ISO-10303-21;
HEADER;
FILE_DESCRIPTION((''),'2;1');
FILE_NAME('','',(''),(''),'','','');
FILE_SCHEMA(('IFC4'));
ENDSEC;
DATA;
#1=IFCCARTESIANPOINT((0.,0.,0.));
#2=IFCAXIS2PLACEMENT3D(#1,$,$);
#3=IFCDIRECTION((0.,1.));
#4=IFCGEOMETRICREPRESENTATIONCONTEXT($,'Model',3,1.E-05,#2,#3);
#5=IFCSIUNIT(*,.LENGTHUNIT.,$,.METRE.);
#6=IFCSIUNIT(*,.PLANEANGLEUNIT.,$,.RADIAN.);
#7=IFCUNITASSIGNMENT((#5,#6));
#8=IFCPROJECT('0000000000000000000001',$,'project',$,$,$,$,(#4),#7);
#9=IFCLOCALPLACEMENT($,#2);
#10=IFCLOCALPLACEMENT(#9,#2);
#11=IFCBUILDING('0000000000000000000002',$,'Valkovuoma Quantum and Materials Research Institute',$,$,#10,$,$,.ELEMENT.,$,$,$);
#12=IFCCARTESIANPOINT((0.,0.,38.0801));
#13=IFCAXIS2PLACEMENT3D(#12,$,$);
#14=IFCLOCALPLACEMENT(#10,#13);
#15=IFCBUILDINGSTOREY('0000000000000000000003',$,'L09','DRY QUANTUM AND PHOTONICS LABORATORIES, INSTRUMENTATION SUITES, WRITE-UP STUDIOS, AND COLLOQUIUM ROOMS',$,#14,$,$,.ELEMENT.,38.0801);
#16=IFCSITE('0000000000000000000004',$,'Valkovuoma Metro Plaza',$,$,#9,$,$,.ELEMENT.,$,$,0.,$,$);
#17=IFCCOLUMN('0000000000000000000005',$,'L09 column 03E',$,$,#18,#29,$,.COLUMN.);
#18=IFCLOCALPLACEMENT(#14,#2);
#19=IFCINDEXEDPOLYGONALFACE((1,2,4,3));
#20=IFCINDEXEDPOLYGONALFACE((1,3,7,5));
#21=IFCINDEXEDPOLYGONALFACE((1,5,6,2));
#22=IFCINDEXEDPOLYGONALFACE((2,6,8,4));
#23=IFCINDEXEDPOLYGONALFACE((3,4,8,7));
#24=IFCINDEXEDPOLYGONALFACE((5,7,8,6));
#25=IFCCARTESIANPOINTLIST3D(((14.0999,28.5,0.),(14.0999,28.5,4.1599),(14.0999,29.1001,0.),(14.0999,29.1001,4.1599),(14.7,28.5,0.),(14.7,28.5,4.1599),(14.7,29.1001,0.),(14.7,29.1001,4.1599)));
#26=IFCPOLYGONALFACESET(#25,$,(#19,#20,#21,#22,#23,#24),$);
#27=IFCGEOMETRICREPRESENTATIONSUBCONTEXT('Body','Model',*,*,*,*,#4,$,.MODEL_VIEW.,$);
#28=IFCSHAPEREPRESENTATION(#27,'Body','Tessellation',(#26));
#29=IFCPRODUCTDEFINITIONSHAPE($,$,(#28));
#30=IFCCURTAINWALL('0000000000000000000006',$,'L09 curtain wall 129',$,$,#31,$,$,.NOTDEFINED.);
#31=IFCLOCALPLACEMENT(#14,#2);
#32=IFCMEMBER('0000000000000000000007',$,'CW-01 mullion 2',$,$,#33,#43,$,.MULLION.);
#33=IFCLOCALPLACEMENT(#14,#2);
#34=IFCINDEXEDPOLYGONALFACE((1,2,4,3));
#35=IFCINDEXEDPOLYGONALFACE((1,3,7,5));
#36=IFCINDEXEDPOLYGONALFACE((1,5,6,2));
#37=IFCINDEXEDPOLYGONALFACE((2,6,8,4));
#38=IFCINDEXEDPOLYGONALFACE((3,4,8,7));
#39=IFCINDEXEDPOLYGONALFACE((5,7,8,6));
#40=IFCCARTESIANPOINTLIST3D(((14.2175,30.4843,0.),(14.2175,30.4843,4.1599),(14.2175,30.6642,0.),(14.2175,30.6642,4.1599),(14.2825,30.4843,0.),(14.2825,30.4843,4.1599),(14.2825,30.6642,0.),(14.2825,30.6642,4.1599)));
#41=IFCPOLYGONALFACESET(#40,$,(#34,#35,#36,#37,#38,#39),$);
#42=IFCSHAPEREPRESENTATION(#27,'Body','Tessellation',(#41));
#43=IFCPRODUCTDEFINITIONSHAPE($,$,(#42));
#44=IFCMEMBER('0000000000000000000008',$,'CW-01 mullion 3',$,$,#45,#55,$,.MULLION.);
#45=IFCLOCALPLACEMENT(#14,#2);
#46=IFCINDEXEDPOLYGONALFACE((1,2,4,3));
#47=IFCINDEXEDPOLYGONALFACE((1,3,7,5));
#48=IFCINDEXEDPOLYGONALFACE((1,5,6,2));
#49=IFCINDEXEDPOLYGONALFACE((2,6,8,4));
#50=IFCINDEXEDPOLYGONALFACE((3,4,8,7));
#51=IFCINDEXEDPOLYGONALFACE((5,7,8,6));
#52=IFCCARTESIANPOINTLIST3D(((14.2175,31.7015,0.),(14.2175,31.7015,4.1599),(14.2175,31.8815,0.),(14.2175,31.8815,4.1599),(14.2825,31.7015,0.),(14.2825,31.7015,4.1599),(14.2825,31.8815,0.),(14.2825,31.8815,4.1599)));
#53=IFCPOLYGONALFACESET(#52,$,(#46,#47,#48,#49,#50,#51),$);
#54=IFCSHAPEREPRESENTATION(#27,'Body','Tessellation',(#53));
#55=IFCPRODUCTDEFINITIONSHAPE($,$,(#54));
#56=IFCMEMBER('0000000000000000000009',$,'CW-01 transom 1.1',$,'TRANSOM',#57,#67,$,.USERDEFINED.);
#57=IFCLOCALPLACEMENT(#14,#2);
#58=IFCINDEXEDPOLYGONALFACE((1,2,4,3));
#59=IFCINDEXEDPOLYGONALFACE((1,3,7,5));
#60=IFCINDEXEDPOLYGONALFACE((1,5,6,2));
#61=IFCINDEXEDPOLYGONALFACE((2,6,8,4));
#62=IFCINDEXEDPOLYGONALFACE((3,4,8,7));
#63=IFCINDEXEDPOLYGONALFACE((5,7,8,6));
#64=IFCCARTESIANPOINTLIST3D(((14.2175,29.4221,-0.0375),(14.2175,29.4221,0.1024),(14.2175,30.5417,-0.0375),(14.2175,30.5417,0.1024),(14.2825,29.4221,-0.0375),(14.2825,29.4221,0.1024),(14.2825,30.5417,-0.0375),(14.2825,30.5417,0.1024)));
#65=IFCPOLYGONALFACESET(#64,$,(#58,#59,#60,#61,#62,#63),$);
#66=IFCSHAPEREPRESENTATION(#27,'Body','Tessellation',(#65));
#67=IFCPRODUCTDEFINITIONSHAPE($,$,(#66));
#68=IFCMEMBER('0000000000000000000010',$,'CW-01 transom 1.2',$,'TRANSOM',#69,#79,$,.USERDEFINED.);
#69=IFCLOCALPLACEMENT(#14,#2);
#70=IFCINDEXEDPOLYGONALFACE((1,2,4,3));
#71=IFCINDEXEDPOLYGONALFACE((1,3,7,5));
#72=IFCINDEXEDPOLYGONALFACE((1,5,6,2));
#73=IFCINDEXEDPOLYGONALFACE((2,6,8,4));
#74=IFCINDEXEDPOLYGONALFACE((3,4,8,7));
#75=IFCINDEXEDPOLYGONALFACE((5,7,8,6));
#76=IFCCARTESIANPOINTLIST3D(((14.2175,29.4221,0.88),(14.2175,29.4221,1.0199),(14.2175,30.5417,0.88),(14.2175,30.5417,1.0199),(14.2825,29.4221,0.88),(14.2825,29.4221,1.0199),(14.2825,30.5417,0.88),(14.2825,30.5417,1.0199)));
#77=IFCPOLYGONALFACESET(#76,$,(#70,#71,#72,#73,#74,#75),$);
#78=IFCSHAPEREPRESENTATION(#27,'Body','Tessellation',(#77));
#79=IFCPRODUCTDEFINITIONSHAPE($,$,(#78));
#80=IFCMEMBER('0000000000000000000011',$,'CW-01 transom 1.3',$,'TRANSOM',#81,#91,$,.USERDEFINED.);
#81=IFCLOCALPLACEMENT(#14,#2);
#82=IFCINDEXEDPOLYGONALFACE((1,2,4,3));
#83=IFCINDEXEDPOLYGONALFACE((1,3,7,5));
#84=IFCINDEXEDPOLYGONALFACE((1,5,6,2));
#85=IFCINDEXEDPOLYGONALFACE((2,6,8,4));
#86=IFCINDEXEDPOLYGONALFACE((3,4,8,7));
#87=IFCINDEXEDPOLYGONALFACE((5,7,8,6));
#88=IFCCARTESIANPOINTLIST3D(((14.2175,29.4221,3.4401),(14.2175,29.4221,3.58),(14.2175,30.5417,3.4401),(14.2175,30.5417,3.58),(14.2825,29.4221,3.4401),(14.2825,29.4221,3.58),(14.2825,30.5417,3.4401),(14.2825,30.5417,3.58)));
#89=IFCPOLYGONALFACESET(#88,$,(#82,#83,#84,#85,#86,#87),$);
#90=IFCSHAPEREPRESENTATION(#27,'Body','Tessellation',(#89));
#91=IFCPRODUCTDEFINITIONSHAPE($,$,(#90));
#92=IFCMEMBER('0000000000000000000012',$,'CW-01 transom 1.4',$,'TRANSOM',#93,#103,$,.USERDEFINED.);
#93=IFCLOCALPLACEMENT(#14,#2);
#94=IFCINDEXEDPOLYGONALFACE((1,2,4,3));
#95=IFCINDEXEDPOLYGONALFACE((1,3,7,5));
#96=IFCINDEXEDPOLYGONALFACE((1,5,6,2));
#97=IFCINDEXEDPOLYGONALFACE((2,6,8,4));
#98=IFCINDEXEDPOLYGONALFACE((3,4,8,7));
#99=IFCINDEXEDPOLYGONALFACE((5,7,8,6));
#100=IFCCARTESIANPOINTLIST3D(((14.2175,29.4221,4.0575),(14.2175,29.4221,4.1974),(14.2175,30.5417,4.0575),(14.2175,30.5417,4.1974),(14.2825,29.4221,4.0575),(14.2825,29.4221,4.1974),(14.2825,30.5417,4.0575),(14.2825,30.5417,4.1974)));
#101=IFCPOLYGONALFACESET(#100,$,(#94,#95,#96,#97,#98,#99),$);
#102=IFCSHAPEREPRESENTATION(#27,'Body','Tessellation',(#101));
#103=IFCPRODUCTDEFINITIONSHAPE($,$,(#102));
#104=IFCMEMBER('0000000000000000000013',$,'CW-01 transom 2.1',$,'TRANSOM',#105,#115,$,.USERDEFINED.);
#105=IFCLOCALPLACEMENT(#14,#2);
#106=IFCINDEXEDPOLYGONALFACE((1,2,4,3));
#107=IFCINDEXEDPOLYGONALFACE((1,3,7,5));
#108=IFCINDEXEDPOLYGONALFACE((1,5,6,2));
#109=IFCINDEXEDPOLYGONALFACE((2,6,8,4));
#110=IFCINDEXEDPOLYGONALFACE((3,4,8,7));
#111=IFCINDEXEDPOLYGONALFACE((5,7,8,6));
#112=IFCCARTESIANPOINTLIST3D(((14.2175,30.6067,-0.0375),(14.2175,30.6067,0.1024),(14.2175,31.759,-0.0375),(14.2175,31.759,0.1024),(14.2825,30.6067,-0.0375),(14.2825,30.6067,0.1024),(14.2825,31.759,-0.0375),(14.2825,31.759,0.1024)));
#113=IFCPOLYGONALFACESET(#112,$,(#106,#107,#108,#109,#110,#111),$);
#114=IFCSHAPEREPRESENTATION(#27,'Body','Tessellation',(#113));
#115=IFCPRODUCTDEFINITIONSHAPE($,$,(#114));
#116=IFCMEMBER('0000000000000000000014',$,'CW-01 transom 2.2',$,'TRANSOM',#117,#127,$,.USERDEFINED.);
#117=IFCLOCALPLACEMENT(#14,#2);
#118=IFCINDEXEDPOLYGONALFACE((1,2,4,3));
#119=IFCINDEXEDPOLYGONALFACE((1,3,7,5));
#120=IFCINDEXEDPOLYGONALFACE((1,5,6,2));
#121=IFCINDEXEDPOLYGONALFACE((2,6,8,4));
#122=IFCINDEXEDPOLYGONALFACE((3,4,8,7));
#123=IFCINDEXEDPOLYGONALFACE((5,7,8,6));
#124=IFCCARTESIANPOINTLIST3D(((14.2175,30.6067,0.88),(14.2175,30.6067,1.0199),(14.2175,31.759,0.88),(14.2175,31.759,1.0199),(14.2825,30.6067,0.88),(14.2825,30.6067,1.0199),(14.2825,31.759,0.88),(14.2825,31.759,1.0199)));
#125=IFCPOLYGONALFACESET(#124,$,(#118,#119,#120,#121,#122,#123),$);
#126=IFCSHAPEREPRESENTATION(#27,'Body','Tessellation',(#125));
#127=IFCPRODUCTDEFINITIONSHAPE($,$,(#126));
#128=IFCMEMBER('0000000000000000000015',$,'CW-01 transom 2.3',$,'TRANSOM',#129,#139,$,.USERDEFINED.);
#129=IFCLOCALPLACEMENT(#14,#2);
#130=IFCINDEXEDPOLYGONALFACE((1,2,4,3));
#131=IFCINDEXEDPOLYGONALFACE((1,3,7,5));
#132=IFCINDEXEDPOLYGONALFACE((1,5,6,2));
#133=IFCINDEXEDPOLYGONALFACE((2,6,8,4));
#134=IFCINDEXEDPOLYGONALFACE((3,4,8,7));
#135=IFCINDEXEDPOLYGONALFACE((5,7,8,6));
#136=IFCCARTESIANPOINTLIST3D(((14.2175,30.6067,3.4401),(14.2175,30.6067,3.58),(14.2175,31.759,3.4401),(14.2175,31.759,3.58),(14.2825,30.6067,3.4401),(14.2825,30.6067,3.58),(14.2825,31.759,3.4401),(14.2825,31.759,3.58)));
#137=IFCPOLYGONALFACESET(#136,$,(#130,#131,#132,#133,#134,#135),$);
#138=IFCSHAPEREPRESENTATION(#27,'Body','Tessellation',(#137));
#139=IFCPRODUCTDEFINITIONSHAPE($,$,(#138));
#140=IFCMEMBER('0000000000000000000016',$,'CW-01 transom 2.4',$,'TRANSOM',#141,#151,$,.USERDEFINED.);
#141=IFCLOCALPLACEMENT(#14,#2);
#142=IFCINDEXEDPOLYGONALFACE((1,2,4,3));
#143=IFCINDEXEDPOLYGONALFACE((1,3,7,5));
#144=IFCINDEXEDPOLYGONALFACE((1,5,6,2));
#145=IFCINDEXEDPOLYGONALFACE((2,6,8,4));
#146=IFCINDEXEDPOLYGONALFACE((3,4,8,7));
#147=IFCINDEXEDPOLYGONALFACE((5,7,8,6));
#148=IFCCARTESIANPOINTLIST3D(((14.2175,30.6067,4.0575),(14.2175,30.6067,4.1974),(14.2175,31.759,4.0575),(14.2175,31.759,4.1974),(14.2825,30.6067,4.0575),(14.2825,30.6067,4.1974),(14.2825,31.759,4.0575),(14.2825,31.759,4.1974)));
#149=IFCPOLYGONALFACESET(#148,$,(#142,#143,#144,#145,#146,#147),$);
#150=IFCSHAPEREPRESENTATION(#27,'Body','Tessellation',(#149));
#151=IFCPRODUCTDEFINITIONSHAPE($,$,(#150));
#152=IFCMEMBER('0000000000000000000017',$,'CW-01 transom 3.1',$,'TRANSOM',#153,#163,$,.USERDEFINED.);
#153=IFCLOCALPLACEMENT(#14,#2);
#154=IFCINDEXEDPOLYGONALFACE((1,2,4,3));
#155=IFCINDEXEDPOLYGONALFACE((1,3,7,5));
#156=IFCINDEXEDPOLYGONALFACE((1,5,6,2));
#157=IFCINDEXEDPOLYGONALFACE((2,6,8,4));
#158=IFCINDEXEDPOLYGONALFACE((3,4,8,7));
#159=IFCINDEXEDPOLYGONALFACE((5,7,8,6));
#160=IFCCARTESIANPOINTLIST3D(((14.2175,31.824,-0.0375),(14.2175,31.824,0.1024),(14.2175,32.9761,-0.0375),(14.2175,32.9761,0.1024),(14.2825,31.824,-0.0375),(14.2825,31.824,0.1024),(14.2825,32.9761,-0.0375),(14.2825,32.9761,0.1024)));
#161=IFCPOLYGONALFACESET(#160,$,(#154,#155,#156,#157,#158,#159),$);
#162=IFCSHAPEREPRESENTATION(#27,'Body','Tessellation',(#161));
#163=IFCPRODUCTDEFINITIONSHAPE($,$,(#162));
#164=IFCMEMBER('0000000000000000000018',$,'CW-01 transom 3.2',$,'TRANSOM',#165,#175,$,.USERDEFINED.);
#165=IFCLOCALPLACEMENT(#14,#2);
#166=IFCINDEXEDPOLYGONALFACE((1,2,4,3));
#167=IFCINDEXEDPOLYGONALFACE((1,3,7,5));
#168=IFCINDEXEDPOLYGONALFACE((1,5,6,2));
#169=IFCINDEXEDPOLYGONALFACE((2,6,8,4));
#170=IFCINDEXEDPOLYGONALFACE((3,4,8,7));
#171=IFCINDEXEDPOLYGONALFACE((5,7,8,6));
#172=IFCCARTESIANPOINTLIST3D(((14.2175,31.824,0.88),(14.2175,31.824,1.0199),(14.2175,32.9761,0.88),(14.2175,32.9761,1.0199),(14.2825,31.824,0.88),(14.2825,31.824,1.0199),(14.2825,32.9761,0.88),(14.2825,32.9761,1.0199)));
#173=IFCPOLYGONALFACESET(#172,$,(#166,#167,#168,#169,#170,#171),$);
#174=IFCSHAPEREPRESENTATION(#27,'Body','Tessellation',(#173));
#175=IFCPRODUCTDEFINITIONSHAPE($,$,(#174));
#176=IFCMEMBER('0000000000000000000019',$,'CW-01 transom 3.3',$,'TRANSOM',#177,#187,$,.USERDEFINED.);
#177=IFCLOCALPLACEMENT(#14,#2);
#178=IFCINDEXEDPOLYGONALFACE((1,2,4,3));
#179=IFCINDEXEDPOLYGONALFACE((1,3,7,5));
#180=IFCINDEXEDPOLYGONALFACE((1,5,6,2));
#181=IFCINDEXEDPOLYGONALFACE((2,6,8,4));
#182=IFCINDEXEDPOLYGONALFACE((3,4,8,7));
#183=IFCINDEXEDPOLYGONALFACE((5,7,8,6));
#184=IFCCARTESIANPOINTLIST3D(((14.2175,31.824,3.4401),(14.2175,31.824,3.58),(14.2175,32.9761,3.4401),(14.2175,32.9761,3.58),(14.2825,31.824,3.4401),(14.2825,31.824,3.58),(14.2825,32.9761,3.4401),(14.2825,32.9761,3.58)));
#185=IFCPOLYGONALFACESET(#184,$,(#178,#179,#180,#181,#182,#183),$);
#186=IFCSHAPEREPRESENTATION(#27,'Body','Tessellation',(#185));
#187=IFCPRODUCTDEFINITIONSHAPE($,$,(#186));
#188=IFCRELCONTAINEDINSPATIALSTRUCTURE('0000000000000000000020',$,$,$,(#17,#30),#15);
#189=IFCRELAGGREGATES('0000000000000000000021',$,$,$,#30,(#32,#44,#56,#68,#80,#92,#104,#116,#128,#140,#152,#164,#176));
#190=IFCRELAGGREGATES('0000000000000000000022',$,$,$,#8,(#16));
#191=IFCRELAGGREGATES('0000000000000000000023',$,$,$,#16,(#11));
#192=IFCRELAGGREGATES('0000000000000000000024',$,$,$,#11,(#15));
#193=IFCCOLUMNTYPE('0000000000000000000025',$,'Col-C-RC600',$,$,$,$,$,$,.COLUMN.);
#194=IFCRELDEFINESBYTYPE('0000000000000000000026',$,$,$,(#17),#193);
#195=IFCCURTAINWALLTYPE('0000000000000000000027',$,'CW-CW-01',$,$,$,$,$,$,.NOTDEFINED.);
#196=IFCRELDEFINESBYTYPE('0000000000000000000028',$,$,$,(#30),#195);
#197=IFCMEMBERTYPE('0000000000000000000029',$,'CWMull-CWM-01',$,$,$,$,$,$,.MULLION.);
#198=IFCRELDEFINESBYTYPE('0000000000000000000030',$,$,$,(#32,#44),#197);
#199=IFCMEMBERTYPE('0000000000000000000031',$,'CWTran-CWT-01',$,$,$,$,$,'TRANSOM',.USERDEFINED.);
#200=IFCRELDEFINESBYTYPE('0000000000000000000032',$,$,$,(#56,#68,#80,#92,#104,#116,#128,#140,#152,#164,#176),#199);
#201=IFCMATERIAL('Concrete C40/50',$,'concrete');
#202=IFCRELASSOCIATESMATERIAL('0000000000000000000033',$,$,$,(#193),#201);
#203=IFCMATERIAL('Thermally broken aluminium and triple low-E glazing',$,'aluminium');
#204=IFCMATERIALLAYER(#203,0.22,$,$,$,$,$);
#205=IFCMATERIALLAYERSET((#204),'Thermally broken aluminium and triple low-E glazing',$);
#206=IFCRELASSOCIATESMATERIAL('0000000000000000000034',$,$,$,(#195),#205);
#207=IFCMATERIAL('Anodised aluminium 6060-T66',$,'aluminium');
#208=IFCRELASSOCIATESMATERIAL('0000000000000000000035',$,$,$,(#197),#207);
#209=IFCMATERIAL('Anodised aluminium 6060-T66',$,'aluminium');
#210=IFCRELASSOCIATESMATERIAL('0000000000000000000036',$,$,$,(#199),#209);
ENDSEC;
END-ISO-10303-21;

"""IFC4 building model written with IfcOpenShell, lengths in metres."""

from ifc_helpers import new_model, si_unit, direction, frame, origin, origin_2d, place, context, subcontext, project, spatial, rectangle, extrude, material, layer, layer_set, material_profile, profile_set, type_object, element, aggregate, save


model = new_model("IFC4")

# Units and contexts
model_context = context("Model", 3, precision=1e-05, world=origin(), true_north=direction((0.0, 1.0)))
body_context = subcontext(model_context, "Body", "Model", "MODEL_VIEW")
ifc_project = project(units=[si_unit("LENGTHUNIT", "METRE"), si_unit("PLANEANGLEUNIT", "RADIAN")], contexts=[model_context])

# Site, building, storey
site_placement = place(None, origin())
site = spatial("IfcSite", under=ifc_project, at=site_placement, Name="Valkovuoma Metro Plaza", CompositionType="ELEMENT", RefElevation=0.0)
building_placement = place(site_placement, origin())
building = spatial("IfcBuilding", under=site, at=building_placement, Name="Valkovuoma Quantum and Materials Research Institute", CompositionType="ELEMENT")
storey_placement = place(building_placement, frame((0.0, 0.0, 38.0801)))
storey = spatial("IfcBuildingStorey", under=building, at=storey_placement, Name="L09", Description="DRY QUANTUM AND PHOTONICS LABORATORIES, INSTRUMENTATION SUITES, WRITE-UP STUDIOS, AND COLLOQUIUM ROOMS", CompositionType="ELEMENT", Elevation=38.0801)

# Column
ifc_material_1 = material(Name="Concrete C40/50", Category="concrete")
ifc_material_profile_1 = material_profile(ifc_material_1, rectangle(XDim=0.6001, YDim=0.6001, at=origin_2d()), Name="Concrete C40/50")
ifc_profile_set_1 = profile_set([ifc_material_profile_1], Name="Concrete C40/50")
column_type = type_object("IfcColumnType", Name="Col-C-RC600", PredefinedType="COLUMN", material=ifc_profile_set_1)
column_placement = place(storey_placement, frame((14.3999, 28.8, 0.0), z_axis=(0.0, 0.0, 1.0), x_axis=(1.0, 0.0, 0.0)))
element("IfcColumn", 1, at=column_placement, inside=storey, type_object=column_type, Name="L09 column 03E", PredefinedType="COLUMN", context=body_context, shape_type="SweptSolid", body=[
    extrude(rectangle(XDim=0.6001, YDim=0.6001, at=origin_2d()), origin(), (0.0, 0.0, 1.0), 4.1599),
])

# Curtain wall, members
ifc_material_2 = material(Name="Thermally broken aluminium and triple low-E glazing", Category="aluminium")
ifc_layer_1 = layer(ifc_material_2, 0.22)
ifc_layer_set_1 = layer_set([ifc_layer_1], Name="Thermally broken aluminium and triple low-E glazing")
curtain_wall_type = type_object("IfcCurtainWallType", Name="CW-CW-01", PredefinedType="NOTDEFINED", material=ifc_layer_set_1)
curtain_wall_placement = place(storey_placement, origin())
curtain_wall = element("IfcCurtainWall", 2, at=curtain_wall_placement, inside=storey, type_object=curtain_wall_type, Name="L09 curtain wall 129", PredefinedType="NOTDEFINED")
ifc_material_3 = material(Name="Anodised aluminium 6060-T66", Category="aluminium")
ifc_material_profile_2 = material_profile(ifc_material_3, rectangle(XDim=0.0649, YDim=0.1799, at=origin_2d()), Name="Anodised aluminium 6060-T66")
ifc_profile_set_2 = profile_set([ifc_material_profile_2], Name="Anodised aluminium 6060-T66")
member_type_1 = type_object("IfcMemberType", Name="CWMull-CWM-01", PredefinedType="MULLION", material=ifc_profile_set_2)
member_1_placement = place(storey_placement, frame((14.25, 30.5742, 0.0), z_axis=(0.0, 0.0, 1.0), x_axis=(-1.0, 0.0, 0.0)))
member_1 = element("IfcMember", 3, at=member_1_placement, type_object=member_type_1, Name="CW-01 mullion 2", PredefinedType="MULLION", context=body_context, shape_type="SweptSolid", body=[
    extrude(rectangle(XDim=0.0649, YDim=0.1799, at=origin_2d()), origin(), (0.0, 0.0, 1.0), 4.1599),
])
member_2_placement = place(storey_placement, frame((14.25, 31.7915, 0.0), z_axis=(0.0, 0.0, 1.0), x_axis=(-1.0, 0.0, 0.0)))
member_2 = element("IfcMember", 4, at=member_2_placement, type_object=member_type_1, Name="CW-01 mullion 3", PredefinedType="MULLION", context=body_context, shape_type="SweptSolid", body=[
    extrude(rectangle(XDim=0.0649, YDim=0.1799, at=origin_2d()), origin(), (0.0, 0.0, 1.0), 4.1599),
])
ifc_material_4 = material(Name="Anodised aluminium 6060-T66", Category="aluminium")
ifc_material_profile_3 = material_profile(ifc_material_4, rectangle(XDim=0.0649, YDim=0.1399, at=origin_2d()), Name="Anodised aluminium 6060-T66")
ifc_profile_set_3 = profile_set([ifc_material_profile_3], Name="Anodised aluminium 6060-T66")
member_type_2 = type_object("IfcMemberType", Name="CWTran-CWT-01", ElementType="TRANSOM", PredefinedType="USERDEFINED", material=ifc_profile_set_3)
member_3_placement = place(storey_placement, frame((14.25, 29.4221, 0.0325), z_axis=(0.0, 1.0, 0.0), x_axis=(-1.0, 0.0, 0.0)))
member_3 = element("IfcMember", 5, at=member_3_placement, type_object=member_type_2, Name="CW-01 transom 1.1", ObjectType="TRANSOM", PredefinedType="USERDEFINED", context=body_context, shape_type="SweptSolid", body=[
    extrude(rectangle(XDim=0.0649, YDim=0.1399, at=origin_2d()), origin(), (0.0, 0.0, 1.0), 1.1196),
])
member_4_placement = place(storey_placement, frame((14.25, 29.4221, 0.95), z_axis=(0.0, 1.0, 0.0), x_axis=(-1.0, 0.0, 0.0)))
member_4 = element("IfcMember", 6, at=member_4_placement, type_object=member_type_2, Name="CW-01 transom 1.2", ObjectType="TRANSOM", PredefinedType="USERDEFINED", context=body_context, shape_type="SweptSolid", body=[
    extrude(rectangle(XDim=0.0649, YDim=0.1399, at=origin_2d()), origin(), (0.0, 0.0, 1.0), 1.1196),
])
member_5_placement = place(storey_placement, frame((14.25, 29.4221, 3.51), z_axis=(0.0, 1.0, 0.0), x_axis=(-1.0, 0.0, 0.0)))
member_5 = element("IfcMember", 7, at=member_5_placement, type_object=member_type_2, Name="CW-01 transom 1.3", ObjectType="TRANSOM", PredefinedType="USERDEFINED", context=body_context, shape_type="SweptSolid", body=[
    extrude(rectangle(XDim=0.0649, YDim=0.1399, at=origin_2d()), origin(), (0.0, 0.0, 1.0), 1.1196),
])
member_6_placement = place(storey_placement, frame((14.25, 29.4221, 4.1274), z_axis=(0.0, 1.0, 0.0), x_axis=(-1.0, 0.0, 0.0)))
member_6 = element("IfcMember", 8, at=member_6_placement, type_object=member_type_2, Name="CW-01 transom 1.4", ObjectType="TRANSOM", PredefinedType="USERDEFINED", context=body_context, shape_type="SweptSolid", body=[
    extrude(rectangle(XDim=0.0649, YDim=0.1399, at=origin_2d()), origin(), (0.0, 0.0, 1.0), 1.1196),
])
member_7_placement = place(storey_placement, frame((14.25, 30.6067, 0.0325), z_axis=(0.0, 1.0, 0.0), x_axis=(-1.0, 0.0, 0.0)))
member_7 = element("IfcMember", 9, at=member_7_placement, type_object=member_type_2, Name="CW-01 transom 2.1", ObjectType="TRANSOM", PredefinedType="USERDEFINED", context=body_context, shape_type="SweptSolid", body=[
    extrude(rectangle(XDim=0.0649, YDim=0.1399, at=origin_2d()), origin(), (0.0, 0.0, 1.0), 1.1523),
])
member_8_placement = place(storey_placement, frame((14.25, 30.6067, 0.95), z_axis=(0.0, 1.0, 0.0), x_axis=(-1.0, 0.0, 0.0)))
member_8 = element("IfcMember", 10, at=member_8_placement, type_object=member_type_2, Name="CW-01 transom 2.2", ObjectType="TRANSOM", PredefinedType="USERDEFINED", context=body_context, shape_type="SweptSolid", body=[
    extrude(rectangle(XDim=0.0649, YDim=0.1399, at=origin_2d()), origin(), (0.0, 0.0, 1.0), 1.1523),
])
member_9_placement = place(storey_placement, frame((14.25, 30.6067, 3.51), z_axis=(0.0, 1.0, 0.0), x_axis=(-1.0, 0.0, 0.0)))
member_9 = element("IfcMember", 11, at=member_9_placement, type_object=member_type_2, Name="CW-01 transom 2.3", ObjectType="TRANSOM", PredefinedType="USERDEFINED", context=body_context, shape_type="SweptSolid", body=[
    extrude(rectangle(XDim=0.0649, YDim=0.1399, at=origin_2d()), origin(), (0.0, 0.0, 1.0), 1.1523),
])
member_10_placement = place(storey_placement, frame((14.25, 30.6067, 4.1274), z_axis=(0.0, 1.0, 0.0), x_axis=(-1.0, 0.0, 0.0)))
member_10 = element("IfcMember", 12, at=member_10_placement, type_object=member_type_2, Name="CW-01 transom 2.4", ObjectType="TRANSOM", PredefinedType="USERDEFINED", context=body_context, shape_type="SweptSolid", body=[
    extrude(rectangle(XDim=0.0649, YDim=0.1399, at=origin_2d()), origin(), (0.0, 0.0, 1.0), 1.1523),
])
member_11_placement = place(storey_placement, frame((14.25, 31.824, 0.0325), z_axis=(0.0, 1.0, 0.0), x_axis=(-1.0, 0.0, 0.0)))
member_11 = element("IfcMember", 13, at=member_11_placement, type_object=member_type_2, Name="CW-01 transom 3.1", ObjectType="TRANSOM", PredefinedType="USERDEFINED", context=body_context, shape_type="SweptSolid", body=[
    extrude(rectangle(XDim=0.0649, YDim=0.1399, at=origin_2d()), origin(), (0.0, 0.0, 1.0), 1.1521),
])
member_12_placement = place(storey_placement, frame((14.25, 31.824, 0.95), z_axis=(0.0, 1.0, 0.0), x_axis=(-1.0, 0.0, 0.0)))
member_12 = element("IfcMember", 14, at=member_12_placement, type_object=member_type_2, Name="CW-01 transom 3.2", ObjectType="TRANSOM", PredefinedType="USERDEFINED", context=body_context, shape_type="SweptSolid", body=[
    extrude(rectangle(XDim=0.0649, YDim=0.1399, at=origin_2d()), origin(), (0.0, 0.0, 1.0), 1.1521),
])
member_13_placement = place(storey_placement, frame((14.25, 31.824, 3.51), z_axis=(0.0, 1.0, 0.0), x_axis=(-1.0, 0.0, 0.0)))
member_13 = element("IfcMember", 15, at=member_13_placement, type_object=member_type_2, Name="CW-01 transom 3.3", ObjectType="TRANSOM", PredefinedType="USERDEFINED", context=body_context, shape_type="SweptSolid", body=[
    extrude(rectangle(XDim=0.0649, YDim=0.1399, at=origin_2d()), origin(), (0.0, 0.0, 1.0), 1.1521),
])

aggregate(curtain_wall, [member_1, member_2, member_3, member_4, member_5, member_6, member_7, member_8, member_9, member_10, member_11, member_12, member_13])

save(model, "model.ifc")
